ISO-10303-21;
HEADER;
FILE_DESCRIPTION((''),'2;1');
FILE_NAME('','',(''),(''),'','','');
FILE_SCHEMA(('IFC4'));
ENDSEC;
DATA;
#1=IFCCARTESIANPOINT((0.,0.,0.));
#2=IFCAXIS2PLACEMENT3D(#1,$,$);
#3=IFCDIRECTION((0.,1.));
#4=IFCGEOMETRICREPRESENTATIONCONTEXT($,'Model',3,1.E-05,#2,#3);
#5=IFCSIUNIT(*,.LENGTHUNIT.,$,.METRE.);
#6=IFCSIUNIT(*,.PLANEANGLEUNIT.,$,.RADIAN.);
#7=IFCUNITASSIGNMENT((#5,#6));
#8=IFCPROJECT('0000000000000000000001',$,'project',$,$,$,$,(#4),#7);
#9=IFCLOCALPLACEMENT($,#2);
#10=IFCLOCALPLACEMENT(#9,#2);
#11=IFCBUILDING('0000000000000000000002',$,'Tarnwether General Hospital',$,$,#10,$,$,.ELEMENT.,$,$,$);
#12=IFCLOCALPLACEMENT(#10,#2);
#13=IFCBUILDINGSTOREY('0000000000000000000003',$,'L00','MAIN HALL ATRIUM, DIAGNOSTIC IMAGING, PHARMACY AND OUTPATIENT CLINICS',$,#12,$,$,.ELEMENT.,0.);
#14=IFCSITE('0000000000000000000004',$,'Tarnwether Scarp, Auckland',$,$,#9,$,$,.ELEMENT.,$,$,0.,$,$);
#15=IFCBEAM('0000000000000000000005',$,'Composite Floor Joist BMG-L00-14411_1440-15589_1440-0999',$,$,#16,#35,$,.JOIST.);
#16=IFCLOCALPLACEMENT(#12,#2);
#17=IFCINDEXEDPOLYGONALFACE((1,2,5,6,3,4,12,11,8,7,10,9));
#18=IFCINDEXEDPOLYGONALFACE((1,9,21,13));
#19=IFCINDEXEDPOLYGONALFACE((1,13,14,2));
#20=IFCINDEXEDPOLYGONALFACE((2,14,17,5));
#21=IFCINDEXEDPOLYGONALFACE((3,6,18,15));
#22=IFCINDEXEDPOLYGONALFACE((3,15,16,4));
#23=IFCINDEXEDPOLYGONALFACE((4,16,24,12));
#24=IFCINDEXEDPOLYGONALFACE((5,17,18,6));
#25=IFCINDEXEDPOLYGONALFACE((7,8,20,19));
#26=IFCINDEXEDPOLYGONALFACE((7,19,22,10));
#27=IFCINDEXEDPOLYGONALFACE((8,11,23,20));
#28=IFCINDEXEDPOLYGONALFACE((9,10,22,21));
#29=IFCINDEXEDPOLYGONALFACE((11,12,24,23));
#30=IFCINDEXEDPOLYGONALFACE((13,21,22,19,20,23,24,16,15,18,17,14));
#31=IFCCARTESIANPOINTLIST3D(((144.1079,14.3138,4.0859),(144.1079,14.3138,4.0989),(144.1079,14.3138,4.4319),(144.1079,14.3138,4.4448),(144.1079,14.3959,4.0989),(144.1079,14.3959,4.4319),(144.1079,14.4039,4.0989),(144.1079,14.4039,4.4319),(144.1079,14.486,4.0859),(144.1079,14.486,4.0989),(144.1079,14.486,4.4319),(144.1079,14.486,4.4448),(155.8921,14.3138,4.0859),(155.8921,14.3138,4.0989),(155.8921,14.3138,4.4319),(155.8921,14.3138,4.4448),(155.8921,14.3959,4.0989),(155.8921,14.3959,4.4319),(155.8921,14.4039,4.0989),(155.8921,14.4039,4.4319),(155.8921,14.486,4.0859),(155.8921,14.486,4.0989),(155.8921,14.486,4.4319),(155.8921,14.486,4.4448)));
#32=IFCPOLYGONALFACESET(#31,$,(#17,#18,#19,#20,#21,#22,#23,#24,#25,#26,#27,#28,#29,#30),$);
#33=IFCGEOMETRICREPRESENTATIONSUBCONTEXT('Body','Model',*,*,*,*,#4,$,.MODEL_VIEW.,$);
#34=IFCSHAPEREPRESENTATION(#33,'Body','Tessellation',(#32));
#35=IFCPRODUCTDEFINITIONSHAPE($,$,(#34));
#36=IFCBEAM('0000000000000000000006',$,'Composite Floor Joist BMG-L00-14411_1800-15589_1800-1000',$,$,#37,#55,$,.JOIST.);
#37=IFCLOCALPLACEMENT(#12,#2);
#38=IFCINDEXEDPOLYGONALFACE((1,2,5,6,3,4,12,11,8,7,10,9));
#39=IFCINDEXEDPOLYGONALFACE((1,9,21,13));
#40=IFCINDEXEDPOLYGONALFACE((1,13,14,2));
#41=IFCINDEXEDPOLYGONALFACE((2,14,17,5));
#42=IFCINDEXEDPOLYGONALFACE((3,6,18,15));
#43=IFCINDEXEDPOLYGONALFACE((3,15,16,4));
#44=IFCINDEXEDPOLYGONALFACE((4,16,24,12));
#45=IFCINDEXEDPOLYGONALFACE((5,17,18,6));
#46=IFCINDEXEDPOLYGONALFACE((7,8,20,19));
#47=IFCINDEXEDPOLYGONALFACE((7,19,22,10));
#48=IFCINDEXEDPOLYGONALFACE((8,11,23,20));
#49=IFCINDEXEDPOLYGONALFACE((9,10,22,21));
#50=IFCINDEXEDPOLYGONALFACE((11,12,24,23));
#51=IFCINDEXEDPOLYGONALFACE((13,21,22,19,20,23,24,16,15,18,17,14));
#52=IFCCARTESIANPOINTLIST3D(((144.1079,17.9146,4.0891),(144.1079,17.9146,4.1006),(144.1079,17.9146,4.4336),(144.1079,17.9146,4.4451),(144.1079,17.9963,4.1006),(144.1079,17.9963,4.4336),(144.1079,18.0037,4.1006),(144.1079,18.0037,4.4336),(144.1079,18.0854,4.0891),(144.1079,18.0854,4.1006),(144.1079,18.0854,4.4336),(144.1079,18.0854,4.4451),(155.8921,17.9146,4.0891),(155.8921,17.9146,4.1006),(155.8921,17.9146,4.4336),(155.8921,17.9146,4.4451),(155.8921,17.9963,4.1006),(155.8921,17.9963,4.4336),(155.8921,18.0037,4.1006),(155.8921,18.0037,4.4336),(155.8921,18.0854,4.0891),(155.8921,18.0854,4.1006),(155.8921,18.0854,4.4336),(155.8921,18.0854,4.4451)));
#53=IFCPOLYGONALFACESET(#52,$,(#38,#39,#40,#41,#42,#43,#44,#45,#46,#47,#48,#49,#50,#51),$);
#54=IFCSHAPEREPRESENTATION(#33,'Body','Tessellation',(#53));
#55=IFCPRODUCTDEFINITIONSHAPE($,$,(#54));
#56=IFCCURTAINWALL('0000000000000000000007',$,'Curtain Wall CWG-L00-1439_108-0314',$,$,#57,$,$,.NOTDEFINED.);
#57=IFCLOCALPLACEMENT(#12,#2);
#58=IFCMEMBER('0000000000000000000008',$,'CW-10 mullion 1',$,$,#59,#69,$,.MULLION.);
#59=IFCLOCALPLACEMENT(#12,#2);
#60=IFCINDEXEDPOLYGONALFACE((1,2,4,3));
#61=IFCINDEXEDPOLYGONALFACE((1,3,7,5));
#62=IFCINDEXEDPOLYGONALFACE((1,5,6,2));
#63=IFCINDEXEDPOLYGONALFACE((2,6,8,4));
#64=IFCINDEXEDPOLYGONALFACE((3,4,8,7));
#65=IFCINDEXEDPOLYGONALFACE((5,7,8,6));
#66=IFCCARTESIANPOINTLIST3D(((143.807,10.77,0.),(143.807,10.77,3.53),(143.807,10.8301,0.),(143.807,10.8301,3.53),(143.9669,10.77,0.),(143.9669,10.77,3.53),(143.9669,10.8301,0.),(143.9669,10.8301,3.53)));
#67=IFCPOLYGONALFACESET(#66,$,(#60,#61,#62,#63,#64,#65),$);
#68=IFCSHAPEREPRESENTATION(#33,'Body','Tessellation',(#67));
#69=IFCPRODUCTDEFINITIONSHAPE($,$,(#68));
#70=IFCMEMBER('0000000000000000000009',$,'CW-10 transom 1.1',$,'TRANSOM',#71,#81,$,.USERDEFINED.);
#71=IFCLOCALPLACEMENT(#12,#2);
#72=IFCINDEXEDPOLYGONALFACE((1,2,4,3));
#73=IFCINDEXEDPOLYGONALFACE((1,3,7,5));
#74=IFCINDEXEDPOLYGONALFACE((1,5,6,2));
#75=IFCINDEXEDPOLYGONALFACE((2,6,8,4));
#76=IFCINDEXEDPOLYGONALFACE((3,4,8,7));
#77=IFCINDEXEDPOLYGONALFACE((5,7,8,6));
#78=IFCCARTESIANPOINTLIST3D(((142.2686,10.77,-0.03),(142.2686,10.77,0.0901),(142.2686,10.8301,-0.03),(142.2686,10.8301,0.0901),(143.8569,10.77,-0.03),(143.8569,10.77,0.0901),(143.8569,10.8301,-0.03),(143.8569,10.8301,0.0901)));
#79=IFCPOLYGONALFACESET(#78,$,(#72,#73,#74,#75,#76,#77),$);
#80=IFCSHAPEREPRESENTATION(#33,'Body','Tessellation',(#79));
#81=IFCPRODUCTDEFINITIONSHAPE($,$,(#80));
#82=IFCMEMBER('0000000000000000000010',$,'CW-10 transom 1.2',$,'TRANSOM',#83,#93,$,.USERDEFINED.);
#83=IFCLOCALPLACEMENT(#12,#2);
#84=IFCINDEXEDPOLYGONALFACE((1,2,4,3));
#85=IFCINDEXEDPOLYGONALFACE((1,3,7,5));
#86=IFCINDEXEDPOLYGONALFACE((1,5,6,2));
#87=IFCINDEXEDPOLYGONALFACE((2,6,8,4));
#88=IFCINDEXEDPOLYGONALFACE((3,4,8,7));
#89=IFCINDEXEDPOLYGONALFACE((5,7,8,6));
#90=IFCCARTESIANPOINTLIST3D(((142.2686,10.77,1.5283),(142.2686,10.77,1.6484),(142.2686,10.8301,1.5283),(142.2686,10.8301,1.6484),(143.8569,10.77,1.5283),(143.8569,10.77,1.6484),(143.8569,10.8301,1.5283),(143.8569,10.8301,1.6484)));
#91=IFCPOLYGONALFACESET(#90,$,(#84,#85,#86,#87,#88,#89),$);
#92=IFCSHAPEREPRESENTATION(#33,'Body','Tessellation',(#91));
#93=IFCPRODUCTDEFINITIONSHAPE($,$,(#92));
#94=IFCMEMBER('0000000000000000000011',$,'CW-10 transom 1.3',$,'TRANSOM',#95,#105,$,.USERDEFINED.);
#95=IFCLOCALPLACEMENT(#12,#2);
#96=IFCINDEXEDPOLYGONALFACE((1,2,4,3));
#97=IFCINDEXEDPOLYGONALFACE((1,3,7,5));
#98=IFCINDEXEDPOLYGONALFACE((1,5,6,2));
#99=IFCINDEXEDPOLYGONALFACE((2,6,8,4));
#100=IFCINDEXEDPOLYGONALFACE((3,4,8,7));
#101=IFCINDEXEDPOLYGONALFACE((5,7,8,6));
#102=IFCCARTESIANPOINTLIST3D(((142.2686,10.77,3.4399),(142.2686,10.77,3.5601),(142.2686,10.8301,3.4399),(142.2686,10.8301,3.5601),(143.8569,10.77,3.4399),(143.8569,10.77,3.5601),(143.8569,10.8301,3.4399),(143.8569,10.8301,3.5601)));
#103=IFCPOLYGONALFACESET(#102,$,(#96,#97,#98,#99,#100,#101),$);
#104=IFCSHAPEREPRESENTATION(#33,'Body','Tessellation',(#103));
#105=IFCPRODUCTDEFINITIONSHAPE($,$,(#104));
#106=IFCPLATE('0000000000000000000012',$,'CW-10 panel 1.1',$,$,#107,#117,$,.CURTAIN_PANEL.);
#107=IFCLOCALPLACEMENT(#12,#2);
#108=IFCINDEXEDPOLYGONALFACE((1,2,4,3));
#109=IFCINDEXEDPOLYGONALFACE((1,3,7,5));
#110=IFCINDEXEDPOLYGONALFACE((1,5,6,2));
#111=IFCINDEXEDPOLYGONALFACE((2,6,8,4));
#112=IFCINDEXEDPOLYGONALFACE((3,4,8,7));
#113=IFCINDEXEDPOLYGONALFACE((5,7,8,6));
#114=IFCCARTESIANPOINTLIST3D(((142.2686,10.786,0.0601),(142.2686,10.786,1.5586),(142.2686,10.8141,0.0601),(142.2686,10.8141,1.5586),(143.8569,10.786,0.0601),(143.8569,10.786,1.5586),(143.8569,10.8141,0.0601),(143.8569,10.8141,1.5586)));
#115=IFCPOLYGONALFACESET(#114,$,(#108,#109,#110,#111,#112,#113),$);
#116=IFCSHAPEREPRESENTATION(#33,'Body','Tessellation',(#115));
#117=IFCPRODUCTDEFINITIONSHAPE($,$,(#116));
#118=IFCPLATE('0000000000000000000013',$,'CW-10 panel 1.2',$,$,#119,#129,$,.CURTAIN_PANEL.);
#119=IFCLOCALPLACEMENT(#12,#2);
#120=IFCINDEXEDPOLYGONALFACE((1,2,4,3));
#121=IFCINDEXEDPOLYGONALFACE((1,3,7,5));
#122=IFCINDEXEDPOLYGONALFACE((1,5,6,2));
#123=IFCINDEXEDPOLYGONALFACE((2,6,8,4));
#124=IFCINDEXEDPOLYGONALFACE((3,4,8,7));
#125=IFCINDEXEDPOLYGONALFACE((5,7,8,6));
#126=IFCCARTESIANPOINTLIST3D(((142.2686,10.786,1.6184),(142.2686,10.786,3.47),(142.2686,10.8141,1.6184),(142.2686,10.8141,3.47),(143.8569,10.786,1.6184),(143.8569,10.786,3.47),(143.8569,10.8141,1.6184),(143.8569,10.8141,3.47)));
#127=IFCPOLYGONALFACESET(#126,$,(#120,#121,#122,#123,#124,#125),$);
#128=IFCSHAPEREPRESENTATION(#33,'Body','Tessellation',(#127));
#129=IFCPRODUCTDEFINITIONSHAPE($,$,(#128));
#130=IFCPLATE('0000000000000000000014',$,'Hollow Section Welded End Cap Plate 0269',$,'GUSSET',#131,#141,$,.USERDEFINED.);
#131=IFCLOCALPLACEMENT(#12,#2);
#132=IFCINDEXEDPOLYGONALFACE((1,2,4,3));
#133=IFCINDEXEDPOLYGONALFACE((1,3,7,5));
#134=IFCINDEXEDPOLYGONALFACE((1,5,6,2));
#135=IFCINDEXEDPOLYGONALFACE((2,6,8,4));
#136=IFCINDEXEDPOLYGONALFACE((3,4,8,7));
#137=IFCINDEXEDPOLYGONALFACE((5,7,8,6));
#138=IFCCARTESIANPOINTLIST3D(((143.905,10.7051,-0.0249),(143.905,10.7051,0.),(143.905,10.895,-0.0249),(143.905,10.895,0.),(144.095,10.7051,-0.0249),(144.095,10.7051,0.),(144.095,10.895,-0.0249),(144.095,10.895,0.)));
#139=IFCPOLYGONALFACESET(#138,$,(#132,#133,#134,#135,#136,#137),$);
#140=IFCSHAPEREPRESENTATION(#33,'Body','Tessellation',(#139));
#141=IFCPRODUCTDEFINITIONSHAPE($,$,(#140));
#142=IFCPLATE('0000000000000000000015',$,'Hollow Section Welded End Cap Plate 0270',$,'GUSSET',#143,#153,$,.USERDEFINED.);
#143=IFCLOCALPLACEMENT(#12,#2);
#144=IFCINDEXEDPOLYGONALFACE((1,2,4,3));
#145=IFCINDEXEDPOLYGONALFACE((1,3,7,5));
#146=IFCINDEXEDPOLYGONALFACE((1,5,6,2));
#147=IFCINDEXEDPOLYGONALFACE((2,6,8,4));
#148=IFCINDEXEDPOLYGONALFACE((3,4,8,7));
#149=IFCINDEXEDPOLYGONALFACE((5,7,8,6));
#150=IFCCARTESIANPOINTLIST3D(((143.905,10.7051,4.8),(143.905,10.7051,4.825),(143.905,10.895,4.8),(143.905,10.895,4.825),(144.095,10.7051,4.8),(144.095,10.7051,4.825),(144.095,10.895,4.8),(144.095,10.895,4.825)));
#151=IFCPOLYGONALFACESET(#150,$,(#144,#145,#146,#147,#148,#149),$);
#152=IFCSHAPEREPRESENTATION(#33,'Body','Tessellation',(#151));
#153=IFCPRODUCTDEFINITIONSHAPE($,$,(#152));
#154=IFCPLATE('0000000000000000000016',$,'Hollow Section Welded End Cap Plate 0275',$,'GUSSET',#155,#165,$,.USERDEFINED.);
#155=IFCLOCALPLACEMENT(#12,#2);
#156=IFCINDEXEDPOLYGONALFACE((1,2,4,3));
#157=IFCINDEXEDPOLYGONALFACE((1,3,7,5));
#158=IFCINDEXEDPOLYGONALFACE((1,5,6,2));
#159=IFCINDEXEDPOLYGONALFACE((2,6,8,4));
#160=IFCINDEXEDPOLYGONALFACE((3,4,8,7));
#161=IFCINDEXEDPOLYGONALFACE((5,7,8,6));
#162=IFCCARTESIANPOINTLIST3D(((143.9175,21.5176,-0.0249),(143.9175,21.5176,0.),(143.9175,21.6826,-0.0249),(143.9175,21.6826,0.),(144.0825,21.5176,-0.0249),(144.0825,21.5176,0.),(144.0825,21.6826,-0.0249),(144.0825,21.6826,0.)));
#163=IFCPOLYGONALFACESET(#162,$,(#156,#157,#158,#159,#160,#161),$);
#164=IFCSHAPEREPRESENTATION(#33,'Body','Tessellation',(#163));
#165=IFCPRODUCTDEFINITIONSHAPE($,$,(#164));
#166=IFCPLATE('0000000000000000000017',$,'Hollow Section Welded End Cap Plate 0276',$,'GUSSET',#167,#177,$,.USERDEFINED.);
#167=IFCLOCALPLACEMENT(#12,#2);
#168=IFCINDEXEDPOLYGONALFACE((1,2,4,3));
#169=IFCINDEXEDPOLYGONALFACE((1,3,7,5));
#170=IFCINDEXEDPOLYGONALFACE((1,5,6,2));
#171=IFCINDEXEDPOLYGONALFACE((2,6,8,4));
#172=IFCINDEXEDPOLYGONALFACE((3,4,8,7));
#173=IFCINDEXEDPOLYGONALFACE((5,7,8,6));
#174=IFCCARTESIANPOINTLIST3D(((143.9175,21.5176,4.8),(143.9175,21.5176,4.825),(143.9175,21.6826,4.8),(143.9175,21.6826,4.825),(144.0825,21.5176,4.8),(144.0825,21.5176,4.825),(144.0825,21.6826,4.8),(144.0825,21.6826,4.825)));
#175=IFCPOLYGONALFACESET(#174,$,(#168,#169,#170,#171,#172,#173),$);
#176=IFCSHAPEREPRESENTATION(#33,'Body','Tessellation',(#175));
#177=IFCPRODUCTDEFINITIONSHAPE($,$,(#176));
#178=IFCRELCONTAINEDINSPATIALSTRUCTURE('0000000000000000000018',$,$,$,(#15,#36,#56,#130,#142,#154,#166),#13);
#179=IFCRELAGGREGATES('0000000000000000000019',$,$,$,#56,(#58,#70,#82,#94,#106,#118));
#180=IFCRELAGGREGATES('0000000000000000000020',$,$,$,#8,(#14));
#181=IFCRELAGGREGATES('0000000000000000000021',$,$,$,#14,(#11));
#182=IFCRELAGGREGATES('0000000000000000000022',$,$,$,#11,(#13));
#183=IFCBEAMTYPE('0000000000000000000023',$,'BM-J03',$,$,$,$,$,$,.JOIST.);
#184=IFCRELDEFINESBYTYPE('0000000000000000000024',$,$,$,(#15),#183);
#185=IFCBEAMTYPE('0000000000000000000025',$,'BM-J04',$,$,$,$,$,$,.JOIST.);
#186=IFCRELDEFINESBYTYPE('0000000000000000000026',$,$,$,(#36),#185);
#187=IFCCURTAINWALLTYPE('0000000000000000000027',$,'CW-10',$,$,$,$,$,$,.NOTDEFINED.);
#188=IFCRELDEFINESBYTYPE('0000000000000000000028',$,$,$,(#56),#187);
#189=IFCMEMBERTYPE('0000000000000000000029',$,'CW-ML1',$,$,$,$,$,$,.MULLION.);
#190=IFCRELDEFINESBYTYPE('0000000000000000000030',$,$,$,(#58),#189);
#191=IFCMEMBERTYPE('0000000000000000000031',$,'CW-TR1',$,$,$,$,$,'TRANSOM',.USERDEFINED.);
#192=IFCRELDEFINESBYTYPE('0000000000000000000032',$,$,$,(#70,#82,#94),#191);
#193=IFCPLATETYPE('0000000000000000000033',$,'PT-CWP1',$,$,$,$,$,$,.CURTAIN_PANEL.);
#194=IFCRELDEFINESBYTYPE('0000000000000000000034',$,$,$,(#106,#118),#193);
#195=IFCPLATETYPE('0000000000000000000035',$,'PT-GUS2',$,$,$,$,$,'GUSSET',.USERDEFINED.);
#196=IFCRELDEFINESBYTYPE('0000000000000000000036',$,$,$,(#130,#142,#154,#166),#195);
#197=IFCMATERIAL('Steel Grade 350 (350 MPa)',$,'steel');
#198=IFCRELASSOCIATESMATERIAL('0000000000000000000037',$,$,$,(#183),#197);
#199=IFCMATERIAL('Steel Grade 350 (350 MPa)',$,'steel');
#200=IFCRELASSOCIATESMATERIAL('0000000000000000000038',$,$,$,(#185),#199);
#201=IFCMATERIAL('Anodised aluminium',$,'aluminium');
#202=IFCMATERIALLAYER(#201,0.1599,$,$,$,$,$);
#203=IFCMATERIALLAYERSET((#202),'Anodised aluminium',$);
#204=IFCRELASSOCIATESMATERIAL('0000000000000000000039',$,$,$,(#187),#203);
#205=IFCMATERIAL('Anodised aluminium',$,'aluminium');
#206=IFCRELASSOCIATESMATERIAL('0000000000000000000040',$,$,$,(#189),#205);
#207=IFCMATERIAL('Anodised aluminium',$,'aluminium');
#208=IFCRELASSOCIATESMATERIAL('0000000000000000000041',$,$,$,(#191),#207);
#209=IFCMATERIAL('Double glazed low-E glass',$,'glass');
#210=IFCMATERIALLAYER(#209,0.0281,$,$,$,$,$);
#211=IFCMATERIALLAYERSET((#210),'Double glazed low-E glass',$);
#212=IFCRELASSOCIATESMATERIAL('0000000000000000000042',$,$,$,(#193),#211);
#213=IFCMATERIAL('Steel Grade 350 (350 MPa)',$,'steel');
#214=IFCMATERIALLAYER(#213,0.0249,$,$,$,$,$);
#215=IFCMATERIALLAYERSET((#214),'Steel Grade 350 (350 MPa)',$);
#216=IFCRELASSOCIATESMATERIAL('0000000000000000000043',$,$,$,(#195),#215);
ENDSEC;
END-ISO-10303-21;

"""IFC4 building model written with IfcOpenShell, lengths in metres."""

from ifc_helpers import new_model, si_unit, direction, frame, origin, origin_2d, place, context, subcontext, project, spatial, rectangle, i_section, extrude, material, layer, layer_set, material_profile, profile_set, type_object, element, aggregate, save


model = new_model("IFC4")

# Units and contexts
model_context = context("Model", 3, precision=1e-05, world=origin(), true_north=direction((0.0, 1.0)))
body_context = subcontext(model_context, "Body", "Model", "MODEL_VIEW")
ifc_project = project(units=[si_unit("LENGTHUNIT", "METRE"), si_unit("PLANEANGLEUNIT", "RADIAN")], contexts=[model_context])

# Site, building, storey
site_placement = place(None, origin())
site = spatial("IfcSite", under=ifc_project, at=site_placement, Name="Tarnwether Scarp, Auckland", CompositionType="ELEMENT", RefElevation=0.0)
building_placement = place(site_placement, origin())
building = spatial("IfcBuilding", under=site, at=building_placement, Name="Tarnwether General Hospital", CompositionType="ELEMENT")
storey_placement = place(building_placement, origin())
storey = spatial("IfcBuildingStorey", under=building, at=storey_placement, Name="L00", Description="MAIN HALL ATRIUM, DIAGNOSTIC IMAGING, PHARMACY AND OUTPATIENT CLINICS", CompositionType="ELEMENT", Elevation=0.0)

# Beams
ifc_material_1 = material(Name="Steel Grade 350 (350 MPa)", Category="steel")
ifc_material_profile_1 = material_profile(ifc_material_1, i_section(OverallWidth=0.1721, OverallDepth=0.3589, WebThickness=0.0081, FlangeThickness=0.0129, at=origin_2d()), Name="360UB56.7")
ifc_profile_set_1 = profile_set([ifc_material_profile_1], Name="Steel Grade 350 (350 MPa)")
beam_type_1 = type_object("IfcBeamType", Name="BM-J03", PredefinedType="JOIST", material=ifc_profile_set_1)
beam_1_placement = place(storey_placement, frame((144.1079, 14.3999, 4.2654), z_axis=(1.0, 0.0, 0.0), x_axis=(0.0, 1.0, 0.0)))
element("IfcBeam", 1, at=beam_1_placement, inside=storey, type_object=beam_type_1, Name="Composite Floor Joist BMG-L00-14411_1440-15589_1440-0999", PredefinedType="JOIST", context=body_context, shape_type="SweptSolid", body=[
    extrude(i_section(OverallWidth=0.1721, OverallDepth=0.3589, WebThickness=0.0081, FlangeThickness=0.0129, at=origin_2d()), origin(), (0.0, 0.0, 1.0), 11.7842),
])
ifc_material_2 = material(Name="Steel Grade 350 (350 MPa)", Category="steel")
ifc_material_profile_2 = material_profile(ifc_material_2, i_section(OverallWidth=0.1709, OverallDepth=0.356, WebThickness=0.0073, FlangeThickness=0.0115, at=origin_2d()), Name="360UB50.7")
ifc_profile_set_2 = profile_set([ifc_material_profile_2], Name="Steel Grade 350 (350 MPa)")
beam_type_2 = type_object("IfcBeamType", Name="BM-J04", PredefinedType="JOIST", material=ifc_profile_set_2)
beam_2_placement = place(storey_placement, frame((144.1079, 18.0, 4.2671), z_axis=(1.0, 0.0, 0.0), x_axis=(0.0, 1.0, 0.0)))
element("IfcBeam", 2, at=beam_2_placement, inside=storey, type_object=beam_type_2, Name="Composite Floor Joist BMG-L00-14411_1800-15589_1800-1000", PredefinedType="JOIST", context=body_context, shape_type="SweptSolid", body=[
    extrude(i_section(OverallWidth=0.1709, OverallDepth=0.356, WebThickness=0.0073, FlangeThickness=0.0115, at=origin_2d()), origin(), (0.0, 0.0, 1.0), 11.7842),
])

# Curtain wall, members, plates
ifc_material_3 = material(Name="Anodised aluminium", Category="aluminium")
ifc_layer_1 = layer(ifc_material_3, 0.1599)
ifc_layer_set_1 = layer_set([ifc_layer_1], Name="Anodised aluminium")
curtain_wall_type = type_object("IfcCurtainWallType", Name="CW-10", PredefinedType="NOTDEFINED", material=ifc_layer_set_1)
curtain_wall_placement = place(storey_placement, origin())
curtain_wall = element("IfcCurtainWall", 3, at=curtain_wall_placement, inside=storey, type_object=curtain_wall_type, Name="Curtain Wall CWG-L00-1439_108-0314", PredefinedType="NOTDEFINED")
ifc_material_4 = material(Name="Anodised aluminium", Category="aluminium")
ifc_material_profile_3 = material_profile(ifc_material_4, rectangle(XDim=0.0601, YDim=0.1599, at=origin_2d()), Name="ALU-MUL-60x160")
ifc_profile_set_3 = profile_set([ifc_material_profile_3], Name="Anodised aluminium")
member_type_1 = type_object("IfcMemberType", Name="CW-ML1", PredefinedType="MULLION", material=ifc_profile_set_3)
member_1_placement = place(storey_placement, frame((143.887, 10.8, 0.0), z_axis=(0.0, 0.0, 1.0), x_axis=(0.0, -1.0, 0.0)))
member_1 = element("IfcMember", 4, at=member_1_placement, type_object=member_type_1, Name="CW-10 mullion 1", PredefinedType="MULLION", context=body_context, shape_type="SweptSolid", body=[
    extrude(rectangle(XDim=0.0601, YDim=0.1599, at=origin_2d()), origin(), (0.0, 0.0, 1.0), 3.53),
])
ifc_material_5 = material(Name="Anodised aluminium", Category="aluminium")
ifc_material_profile_4 = material_profile(ifc_material_5, rectangle(XDim=0.0601, YDim=0.1201, at=origin_2d()), Name="ALU-TRN-60x120")
ifc_profile_set_4 = profile_set([ifc_material_profile_4], Name="Anodised aluminium")
member_type_2 = type_object("IfcMemberType", Name="CW-TR1", ElementType="TRANSOM", PredefinedType="USERDEFINED", material=ifc_profile_set_4)
member_2_placement = place(storey_placement, frame((143.8569, 10.8, 0.03), z_axis=(-1.0, 0.0, 0.0), x_axis=(0.0, -1.0, 0.0)))
member_2 = element("IfcMember", 5, at=member_2_placement, type_object=member_type_2, Name="CW-10 transom 1.1", ObjectType="TRANSOM", PredefinedType="USERDEFINED", context=body_context, shape_type="SweptSolid", body=[
    extrude(rectangle(XDim=0.0601, YDim=0.1201, at=origin_2d()), origin(), (0.0, 0.0, 1.0), 1.5884),
])
member_3_placement = place(storey_placement, frame((143.8569, 10.8, 1.5884), z_axis=(-1.0, 0.0, 0.0), x_axis=(0.0, -1.0, 0.0)))
member_3 = element("IfcMember", 6, at=member_3_placement, type_object=member_type_2, Name="CW-10 transom 1.2", ObjectType="TRANSOM", PredefinedType="USERDEFINED", context=body_context, shape_type="SweptSolid", body=[
    extrude(rectangle(XDim=0.0601, YDim=0.1201, at=origin_2d()), origin(), (0.0, 0.0, 1.0), 1.5884),
])
member_4_placement = place(storey_placement, frame((143.8569, 10.8, 3.5), z_axis=(-1.0, 0.0, 0.0), x_axis=(0.0, -1.0, 0.0)))
member_4 = element("IfcMember", 7, at=member_4_placement, type_object=member_type_2, Name="CW-10 transom 1.3", ObjectType="TRANSOM", PredefinedType="USERDEFINED", context=body_context, shape_type="SweptSolid", body=[
    extrude(rectangle(XDim=0.0601, YDim=0.1201, at=origin_2d()), origin(), (0.0, 0.0, 1.0), 1.5884),
])
ifc_material_6 = material(Name="Double glazed low-E glass", Category="glass")
ifc_layer_2 = layer(ifc_material_6, 0.0281)
ifc_layer_set_2 = layer_set([ifc_layer_2], Name="Double glazed low-E glass")
plate_type_1 = type_object("IfcPlateType", Name="PT-CWP1", PredefinedType="CURTAIN_PANEL", material=ifc_layer_set_2)
plate_1_placement = place(storey_placement, frame((143.0627, 10.8, 0.0601), z_axis=(0.0, 0.0, 1.0), x_axis=(-1.0, 0.0, 0.0)))
plate_1 = element("IfcPlate", 8, at=plate_1_placement, type_object=plate_type_1, Name="CW-10 panel 1.1", PredefinedType="CURTAIN_PANEL", context=body_context, shape_type="SweptSolid", body=[
    extrude(rectangle(XDim=1.5884, YDim=0.0281, at=origin_2d()), origin(), (0.0, 0.0, 1.0), 1.4985),
])
plate_2_placement = place(storey_placement, frame((143.0627, 10.8, 1.6184), z_axis=(0.0, 0.0, 1.0), x_axis=(-1.0, 0.0, 0.0)))
plate_2 = element("IfcPlate", 9, at=plate_2_placement, type_object=plate_type_1, Name="CW-10 panel 1.2", PredefinedType="CURTAIN_PANEL", context=body_context, shape_type="SweptSolid", body=[
    extrude(rectangle(XDim=1.5884, YDim=0.0281, at=origin_2d()), origin(), (0.0, 0.0, 1.0), 1.8516),
])
aggregate(curtain_wall, [member_1, member_2, member_3, member_4, plate_1, plate_2])

# Plates
ifc_material_7 = material(Name="Steel Grade 350 (350 MPa)", Category="steel")
ifc_layer_3 = layer(ifc_material_7, 0.0249)
ifc_layer_set_3 = layer_set([ifc_layer_3], Name="Steel Grade 350 (350 MPa)")
plate_type_2 = type_object("IfcPlateType", Name="PT-GUS2", ElementType="GUSSET", PredefinedType="USERDEFINED", material=ifc_layer_set_3)
for number, where, z_axis, x_axis, name in (
    (10, (144.0, 10.8, -0.0249), (0.0, 0.0, 1.0), (1.0, 0.0, 0.0), "Hollow Section Welded End Cap Plate 0269"),
    (11, (144.0, 10.8, 4.8), (0.0, 0.0, 1.0), (1.0, 0.0, 0.0), "Hollow Section Welded End Cap Plate 0270"),
):
    element("IfcPlate", number, at=place(storey_placement, frame(where, z_axis=z_axis, x_axis=x_axis)), inside=storey, type_object=plate_type_2, Name=name, ObjectType="GUSSET", PredefinedType="USERDEFINED", context=body_context, shape_type="SweptSolid", body=[
        extrude(rectangle(XDim=0.1899, YDim=0.1899, at=origin_2d()), origin(), (0.0, 0.0, 1.0), 0.0249),
    ])
for number, where, z_axis, x_axis, name in (
    (12, (144.0, 21.6001, -0.0249), (0.0, 0.0, 1.0), (1.0, 0.0, 0.0), "Hollow Section Welded End Cap Plate 0275"),
    (13, (144.0, 21.6001, 4.8), (0.0, 0.0, 1.0), (1.0, 0.0, 0.0), "Hollow Section Welded End Cap Plate 0276"),
):
    element("IfcPlate", number, at=place(storey_placement, frame(where, z_axis=z_axis, x_axis=x_axis)), inside=storey, type_object=plate_type_2, Name=name, ObjectType="GUSSET", PredefinedType="USERDEFINED", context=body_context, shape_type="SweptSolid", body=[
        extrude(rectangle(XDim=0.165, YDim=0.165, at=origin_2d()), origin(), (0.0, 0.0, 1.0), 0.0249),
    ])

save(model, "model.ifc")
